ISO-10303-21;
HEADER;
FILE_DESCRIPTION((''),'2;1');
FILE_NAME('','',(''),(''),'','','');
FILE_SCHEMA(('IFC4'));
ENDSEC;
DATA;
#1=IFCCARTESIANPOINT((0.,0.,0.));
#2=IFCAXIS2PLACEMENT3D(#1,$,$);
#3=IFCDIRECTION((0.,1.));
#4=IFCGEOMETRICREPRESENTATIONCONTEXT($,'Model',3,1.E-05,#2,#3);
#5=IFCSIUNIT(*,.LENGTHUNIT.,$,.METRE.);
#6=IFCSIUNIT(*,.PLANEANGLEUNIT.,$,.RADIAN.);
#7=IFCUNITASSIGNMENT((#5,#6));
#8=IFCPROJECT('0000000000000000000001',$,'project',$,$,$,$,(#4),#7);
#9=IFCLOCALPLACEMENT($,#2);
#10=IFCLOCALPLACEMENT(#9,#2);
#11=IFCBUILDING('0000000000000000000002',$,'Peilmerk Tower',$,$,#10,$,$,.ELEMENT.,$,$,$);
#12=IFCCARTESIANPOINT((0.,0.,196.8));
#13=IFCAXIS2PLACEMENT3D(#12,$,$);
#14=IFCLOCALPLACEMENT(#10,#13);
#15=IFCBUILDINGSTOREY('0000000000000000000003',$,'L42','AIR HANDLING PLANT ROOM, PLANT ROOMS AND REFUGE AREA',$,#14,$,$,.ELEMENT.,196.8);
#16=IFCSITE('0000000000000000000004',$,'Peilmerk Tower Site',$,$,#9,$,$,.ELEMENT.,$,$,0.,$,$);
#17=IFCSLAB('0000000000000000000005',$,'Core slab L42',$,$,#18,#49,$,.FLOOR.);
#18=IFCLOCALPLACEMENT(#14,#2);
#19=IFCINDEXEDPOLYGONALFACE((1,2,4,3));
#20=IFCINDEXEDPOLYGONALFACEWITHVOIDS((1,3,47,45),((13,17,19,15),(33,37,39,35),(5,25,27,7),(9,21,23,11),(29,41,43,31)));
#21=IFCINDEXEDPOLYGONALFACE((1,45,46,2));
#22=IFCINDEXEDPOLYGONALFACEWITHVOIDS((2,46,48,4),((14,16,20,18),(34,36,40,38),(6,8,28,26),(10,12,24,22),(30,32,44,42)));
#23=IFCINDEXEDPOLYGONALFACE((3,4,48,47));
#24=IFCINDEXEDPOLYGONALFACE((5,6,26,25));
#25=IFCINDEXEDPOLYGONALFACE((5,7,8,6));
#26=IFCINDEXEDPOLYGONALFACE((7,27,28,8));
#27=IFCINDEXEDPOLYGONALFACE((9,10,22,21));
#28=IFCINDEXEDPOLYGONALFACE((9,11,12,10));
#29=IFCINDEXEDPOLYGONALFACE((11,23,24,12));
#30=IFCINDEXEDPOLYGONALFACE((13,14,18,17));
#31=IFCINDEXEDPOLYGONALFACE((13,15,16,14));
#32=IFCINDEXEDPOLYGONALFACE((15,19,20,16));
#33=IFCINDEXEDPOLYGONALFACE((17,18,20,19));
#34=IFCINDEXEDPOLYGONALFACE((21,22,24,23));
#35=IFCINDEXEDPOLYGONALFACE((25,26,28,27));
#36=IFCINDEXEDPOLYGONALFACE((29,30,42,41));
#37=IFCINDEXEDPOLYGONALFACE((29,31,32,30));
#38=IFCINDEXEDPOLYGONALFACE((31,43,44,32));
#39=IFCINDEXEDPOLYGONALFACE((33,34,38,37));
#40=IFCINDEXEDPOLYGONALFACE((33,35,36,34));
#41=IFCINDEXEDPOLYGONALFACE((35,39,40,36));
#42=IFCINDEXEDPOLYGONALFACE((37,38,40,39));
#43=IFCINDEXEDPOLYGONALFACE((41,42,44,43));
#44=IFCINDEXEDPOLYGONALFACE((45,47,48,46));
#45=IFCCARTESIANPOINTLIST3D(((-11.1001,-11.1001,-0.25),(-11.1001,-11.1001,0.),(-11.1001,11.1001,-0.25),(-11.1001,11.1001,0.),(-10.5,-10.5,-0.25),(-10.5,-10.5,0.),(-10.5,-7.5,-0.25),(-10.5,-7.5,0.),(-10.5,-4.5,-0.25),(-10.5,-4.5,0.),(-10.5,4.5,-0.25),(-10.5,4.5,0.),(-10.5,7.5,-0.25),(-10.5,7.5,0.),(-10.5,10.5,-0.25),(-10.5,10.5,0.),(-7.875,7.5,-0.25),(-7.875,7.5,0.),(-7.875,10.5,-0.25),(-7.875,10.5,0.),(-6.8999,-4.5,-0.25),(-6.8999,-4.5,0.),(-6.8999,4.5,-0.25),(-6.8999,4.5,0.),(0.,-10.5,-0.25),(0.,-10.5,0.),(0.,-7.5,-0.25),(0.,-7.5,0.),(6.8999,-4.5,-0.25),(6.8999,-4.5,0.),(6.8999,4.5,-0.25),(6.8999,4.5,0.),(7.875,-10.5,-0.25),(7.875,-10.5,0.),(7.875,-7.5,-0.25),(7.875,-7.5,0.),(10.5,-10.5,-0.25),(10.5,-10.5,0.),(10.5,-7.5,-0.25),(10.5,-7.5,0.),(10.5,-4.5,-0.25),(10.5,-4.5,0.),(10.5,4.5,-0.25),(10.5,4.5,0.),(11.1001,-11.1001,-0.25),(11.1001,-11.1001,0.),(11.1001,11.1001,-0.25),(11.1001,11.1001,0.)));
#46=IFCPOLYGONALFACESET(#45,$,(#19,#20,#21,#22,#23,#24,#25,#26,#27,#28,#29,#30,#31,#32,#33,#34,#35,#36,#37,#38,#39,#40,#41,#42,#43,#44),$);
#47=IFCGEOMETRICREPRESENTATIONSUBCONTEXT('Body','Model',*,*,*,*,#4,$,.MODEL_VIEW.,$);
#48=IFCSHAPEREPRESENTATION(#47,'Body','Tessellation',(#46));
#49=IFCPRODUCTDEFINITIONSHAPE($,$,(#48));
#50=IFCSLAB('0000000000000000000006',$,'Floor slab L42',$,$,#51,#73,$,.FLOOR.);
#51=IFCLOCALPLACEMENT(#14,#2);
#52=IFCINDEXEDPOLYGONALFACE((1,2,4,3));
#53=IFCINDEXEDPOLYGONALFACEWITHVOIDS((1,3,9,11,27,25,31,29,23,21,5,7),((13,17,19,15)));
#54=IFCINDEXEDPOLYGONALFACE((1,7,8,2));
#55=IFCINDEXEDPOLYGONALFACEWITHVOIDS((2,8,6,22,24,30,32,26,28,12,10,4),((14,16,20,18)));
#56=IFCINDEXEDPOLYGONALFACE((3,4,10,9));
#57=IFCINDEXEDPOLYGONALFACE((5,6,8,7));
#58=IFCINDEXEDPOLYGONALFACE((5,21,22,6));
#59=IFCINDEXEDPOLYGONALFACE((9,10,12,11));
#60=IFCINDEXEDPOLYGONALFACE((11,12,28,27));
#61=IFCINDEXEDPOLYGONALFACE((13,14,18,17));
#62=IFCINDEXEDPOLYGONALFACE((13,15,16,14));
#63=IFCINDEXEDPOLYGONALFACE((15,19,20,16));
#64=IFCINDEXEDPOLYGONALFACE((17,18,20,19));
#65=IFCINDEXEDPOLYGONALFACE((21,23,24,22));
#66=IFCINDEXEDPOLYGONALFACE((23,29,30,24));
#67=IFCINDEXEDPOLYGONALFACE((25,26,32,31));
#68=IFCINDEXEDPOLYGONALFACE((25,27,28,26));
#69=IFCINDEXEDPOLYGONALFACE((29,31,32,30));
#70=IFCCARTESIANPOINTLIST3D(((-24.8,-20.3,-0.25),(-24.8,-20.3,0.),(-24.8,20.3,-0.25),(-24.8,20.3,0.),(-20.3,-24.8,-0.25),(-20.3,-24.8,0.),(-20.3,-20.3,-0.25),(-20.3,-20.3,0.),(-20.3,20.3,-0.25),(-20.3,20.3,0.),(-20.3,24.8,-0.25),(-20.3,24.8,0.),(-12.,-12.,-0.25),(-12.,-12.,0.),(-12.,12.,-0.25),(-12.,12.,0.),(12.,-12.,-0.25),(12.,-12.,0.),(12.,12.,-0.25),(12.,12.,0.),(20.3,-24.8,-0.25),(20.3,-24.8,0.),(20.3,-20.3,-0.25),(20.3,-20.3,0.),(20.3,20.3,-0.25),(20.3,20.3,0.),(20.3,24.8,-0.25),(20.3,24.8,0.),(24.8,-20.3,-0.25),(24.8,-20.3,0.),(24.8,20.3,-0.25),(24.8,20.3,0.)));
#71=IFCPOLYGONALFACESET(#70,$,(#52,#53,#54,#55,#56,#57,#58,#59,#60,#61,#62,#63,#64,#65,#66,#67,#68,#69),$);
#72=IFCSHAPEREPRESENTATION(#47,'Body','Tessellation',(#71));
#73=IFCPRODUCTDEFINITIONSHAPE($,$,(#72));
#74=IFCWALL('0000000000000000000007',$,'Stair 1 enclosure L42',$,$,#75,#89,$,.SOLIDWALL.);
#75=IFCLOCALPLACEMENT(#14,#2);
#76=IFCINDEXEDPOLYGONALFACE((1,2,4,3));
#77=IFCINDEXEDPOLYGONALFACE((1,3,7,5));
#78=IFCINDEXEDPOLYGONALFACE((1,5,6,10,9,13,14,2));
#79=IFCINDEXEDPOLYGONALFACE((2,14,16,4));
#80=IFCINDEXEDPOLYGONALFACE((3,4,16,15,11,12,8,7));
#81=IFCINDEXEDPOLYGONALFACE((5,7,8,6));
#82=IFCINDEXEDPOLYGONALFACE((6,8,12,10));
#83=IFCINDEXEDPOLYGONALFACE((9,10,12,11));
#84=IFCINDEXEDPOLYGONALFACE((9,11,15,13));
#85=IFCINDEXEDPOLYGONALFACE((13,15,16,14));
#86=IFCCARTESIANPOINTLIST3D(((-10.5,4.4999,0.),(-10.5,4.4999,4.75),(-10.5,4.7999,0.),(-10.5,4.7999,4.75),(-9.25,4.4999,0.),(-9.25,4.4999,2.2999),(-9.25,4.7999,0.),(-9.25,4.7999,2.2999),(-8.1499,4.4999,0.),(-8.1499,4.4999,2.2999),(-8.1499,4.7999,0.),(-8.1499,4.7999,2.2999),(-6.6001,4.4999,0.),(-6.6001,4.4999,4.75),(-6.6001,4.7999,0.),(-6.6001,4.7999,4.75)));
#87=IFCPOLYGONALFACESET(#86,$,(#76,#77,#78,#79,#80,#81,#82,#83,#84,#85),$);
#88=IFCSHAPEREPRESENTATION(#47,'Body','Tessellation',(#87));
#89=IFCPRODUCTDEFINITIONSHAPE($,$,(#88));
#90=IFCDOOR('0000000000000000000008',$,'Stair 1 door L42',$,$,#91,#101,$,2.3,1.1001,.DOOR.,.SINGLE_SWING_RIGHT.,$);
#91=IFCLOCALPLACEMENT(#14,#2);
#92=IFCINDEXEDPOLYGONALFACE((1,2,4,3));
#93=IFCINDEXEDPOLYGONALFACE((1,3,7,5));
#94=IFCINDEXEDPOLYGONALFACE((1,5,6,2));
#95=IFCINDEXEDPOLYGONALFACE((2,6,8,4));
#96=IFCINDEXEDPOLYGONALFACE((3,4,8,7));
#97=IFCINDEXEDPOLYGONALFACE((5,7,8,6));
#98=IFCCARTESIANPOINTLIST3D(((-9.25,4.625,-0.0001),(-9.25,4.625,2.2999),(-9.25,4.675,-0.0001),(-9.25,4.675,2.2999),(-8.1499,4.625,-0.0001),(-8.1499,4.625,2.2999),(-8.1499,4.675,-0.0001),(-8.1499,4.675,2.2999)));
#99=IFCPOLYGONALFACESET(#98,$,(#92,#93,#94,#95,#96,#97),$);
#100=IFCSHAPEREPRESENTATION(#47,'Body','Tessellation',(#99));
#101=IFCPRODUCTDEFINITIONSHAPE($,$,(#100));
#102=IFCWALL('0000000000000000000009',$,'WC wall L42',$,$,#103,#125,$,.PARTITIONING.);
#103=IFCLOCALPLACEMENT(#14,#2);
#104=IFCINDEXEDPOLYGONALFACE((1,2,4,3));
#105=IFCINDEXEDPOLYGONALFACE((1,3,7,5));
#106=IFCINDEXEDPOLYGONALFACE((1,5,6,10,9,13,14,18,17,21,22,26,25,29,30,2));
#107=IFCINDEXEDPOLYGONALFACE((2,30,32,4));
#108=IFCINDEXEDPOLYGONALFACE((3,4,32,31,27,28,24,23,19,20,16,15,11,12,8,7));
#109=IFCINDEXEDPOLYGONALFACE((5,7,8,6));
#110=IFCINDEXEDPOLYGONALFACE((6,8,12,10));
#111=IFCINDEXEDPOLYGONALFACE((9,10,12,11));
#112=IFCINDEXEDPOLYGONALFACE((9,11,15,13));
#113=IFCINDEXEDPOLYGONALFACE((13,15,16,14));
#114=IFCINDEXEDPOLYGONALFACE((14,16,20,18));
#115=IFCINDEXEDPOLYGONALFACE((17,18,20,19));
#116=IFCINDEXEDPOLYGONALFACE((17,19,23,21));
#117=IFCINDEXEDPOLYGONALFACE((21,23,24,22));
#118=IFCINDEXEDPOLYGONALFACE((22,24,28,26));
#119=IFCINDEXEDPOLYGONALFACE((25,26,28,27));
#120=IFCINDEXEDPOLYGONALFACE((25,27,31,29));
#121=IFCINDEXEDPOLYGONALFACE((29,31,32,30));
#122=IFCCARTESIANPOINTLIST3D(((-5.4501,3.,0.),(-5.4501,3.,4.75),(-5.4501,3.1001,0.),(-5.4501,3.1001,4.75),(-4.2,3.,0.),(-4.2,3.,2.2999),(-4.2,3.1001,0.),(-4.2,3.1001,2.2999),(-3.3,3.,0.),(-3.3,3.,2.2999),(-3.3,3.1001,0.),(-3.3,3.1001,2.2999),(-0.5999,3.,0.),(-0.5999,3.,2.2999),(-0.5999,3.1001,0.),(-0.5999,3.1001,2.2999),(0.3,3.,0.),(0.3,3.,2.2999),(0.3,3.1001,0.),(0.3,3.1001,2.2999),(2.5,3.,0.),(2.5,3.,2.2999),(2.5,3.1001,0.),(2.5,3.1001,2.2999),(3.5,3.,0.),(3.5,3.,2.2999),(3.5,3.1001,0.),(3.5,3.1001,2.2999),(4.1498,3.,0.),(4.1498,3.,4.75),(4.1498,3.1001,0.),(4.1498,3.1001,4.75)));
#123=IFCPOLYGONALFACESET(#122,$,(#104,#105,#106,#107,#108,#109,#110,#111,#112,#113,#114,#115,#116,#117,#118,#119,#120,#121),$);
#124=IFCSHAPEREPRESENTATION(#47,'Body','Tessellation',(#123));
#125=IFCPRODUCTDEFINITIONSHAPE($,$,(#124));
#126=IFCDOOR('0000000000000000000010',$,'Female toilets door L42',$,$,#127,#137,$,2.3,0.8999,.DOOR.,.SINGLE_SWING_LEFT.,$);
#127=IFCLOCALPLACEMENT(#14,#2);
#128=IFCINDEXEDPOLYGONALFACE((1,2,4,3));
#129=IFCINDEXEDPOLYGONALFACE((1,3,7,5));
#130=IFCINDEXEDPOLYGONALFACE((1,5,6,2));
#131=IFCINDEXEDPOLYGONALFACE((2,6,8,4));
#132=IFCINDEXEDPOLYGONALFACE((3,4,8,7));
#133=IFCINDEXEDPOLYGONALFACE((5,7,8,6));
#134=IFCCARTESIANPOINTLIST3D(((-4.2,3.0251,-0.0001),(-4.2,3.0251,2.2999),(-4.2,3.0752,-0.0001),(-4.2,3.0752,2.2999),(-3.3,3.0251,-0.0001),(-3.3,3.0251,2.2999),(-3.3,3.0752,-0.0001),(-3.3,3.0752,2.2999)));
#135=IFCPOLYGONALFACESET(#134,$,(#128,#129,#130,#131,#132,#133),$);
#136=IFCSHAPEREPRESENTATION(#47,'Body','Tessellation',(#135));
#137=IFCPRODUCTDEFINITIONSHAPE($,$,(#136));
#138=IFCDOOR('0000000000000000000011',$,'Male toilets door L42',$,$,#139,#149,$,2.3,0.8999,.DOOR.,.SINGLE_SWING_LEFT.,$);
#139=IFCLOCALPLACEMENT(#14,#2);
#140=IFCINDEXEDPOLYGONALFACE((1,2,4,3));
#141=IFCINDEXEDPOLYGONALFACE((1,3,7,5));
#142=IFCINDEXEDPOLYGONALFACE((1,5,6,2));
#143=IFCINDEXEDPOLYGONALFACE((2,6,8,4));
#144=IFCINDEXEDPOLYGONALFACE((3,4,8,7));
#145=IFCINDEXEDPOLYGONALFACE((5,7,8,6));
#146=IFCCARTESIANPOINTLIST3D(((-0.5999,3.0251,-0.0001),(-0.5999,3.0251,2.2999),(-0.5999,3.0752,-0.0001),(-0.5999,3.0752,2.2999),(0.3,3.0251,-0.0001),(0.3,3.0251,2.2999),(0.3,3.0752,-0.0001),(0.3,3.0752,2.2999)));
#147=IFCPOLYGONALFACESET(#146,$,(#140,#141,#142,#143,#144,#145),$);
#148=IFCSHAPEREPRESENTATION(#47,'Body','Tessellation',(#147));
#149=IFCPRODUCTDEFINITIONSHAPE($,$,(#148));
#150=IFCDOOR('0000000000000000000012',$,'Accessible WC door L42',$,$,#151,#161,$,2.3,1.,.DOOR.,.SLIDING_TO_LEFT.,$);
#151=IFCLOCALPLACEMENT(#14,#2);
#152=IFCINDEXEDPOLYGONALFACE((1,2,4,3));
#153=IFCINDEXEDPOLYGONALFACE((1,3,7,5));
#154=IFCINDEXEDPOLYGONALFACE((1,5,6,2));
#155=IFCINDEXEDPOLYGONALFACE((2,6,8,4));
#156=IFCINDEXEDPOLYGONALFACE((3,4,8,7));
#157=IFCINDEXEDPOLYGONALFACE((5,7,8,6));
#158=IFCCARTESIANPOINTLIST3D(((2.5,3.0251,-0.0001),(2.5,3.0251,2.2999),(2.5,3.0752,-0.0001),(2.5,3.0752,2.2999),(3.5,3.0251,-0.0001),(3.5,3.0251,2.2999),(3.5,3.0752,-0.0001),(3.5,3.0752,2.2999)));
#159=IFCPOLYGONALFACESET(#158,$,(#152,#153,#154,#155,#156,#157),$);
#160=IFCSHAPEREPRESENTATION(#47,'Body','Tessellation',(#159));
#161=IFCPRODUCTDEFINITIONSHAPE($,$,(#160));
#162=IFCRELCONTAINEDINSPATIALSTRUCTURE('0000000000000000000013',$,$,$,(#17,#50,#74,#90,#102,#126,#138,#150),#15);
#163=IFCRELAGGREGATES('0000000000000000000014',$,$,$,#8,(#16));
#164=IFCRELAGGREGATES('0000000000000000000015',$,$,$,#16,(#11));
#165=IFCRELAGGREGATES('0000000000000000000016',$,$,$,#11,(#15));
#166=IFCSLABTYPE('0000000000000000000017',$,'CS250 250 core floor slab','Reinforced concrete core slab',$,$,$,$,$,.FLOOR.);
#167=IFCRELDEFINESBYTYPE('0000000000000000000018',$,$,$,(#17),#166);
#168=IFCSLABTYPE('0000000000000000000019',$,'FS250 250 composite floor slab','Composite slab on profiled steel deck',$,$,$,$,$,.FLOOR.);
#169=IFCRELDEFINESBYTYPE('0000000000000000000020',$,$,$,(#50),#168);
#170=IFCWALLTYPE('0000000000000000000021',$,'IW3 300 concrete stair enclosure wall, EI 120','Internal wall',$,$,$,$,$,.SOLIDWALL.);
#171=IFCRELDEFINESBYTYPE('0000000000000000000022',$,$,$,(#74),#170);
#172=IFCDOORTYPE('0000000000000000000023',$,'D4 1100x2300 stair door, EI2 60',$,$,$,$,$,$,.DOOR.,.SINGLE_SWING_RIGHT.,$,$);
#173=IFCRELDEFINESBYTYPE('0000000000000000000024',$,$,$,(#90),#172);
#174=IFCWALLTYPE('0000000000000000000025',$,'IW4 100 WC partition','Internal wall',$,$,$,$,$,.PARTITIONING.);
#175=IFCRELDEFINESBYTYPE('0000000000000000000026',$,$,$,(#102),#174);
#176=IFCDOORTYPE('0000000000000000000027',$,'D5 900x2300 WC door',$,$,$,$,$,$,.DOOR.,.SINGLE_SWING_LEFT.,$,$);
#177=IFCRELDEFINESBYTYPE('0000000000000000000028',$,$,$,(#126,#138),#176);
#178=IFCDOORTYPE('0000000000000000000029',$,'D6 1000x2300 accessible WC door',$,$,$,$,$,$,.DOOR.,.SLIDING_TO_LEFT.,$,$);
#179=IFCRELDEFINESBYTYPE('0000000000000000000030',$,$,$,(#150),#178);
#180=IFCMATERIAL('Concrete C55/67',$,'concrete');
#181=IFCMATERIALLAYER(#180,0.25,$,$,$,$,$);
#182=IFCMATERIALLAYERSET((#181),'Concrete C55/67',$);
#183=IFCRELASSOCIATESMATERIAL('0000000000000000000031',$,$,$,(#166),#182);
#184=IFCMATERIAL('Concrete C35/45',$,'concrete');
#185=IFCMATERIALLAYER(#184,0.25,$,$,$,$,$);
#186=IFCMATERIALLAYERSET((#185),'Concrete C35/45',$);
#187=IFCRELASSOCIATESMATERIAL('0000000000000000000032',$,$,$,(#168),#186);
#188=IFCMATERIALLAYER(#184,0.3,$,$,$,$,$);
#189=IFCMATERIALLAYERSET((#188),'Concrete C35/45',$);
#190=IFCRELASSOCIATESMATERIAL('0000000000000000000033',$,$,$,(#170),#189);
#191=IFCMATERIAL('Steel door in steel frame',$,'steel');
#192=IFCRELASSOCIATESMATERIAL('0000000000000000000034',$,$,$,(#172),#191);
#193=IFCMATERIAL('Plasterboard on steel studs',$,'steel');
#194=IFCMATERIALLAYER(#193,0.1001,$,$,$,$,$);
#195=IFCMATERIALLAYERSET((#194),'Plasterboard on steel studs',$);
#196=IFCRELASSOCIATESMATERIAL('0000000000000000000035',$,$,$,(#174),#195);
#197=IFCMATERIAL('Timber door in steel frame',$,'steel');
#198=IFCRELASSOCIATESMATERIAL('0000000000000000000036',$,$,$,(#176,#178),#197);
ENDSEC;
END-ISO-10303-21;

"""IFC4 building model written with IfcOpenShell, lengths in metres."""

from ifc_helpers import new_model, si_unit, direction, frame, frame_2d, origin, place, context, subcontext, project, spatial, polyline, rectangle, outline, extrude, material, layer, layer_set, type_object, element, fill, save


model = new_model("IFC4")

# Units and contexts
model_context = context("Model", 3, precision=1e-05, world=origin(), true_north=direction((0.0, 1.0)))
body_context = subcontext(model_context, "Body", "Model", "MODEL_VIEW")
ifc_project = project(units=[si_unit("LENGTHUNIT", "METRE"), si_unit("PLANEANGLEUNIT", "RADIAN")], contexts=[model_context])

# Site, building, storey
site_placement = place(None, origin())
site = spatial("IfcSite", under=ifc_project, at=site_placement, Name="Peilmerk Tower Site", CompositionType="ELEMENT", RefElevation=0.0)
building_placement = place(site_placement, origin())
building = spatial("IfcBuilding", under=site, at=building_placement, Name="Peilmerk Tower", CompositionType="ELEMENT")
storey_placement = place(building_placement, frame((0.0, 0.0, 196.8)))
storey = spatial("IfcBuildingStorey", under=building, at=storey_placement, Name="L42", Description="AIR HANDLING PLANT ROOM, PLANT ROOMS AND REFUGE AREA", CompositionType="ELEMENT", Elevation=196.8)

# Slabs
ifc_material_1 = material(Name="Concrete C55/67", Category="concrete")
ifc_layer_1 = layer(ifc_material_1, 0.25)
ifc_layer_set_1 = layer_set([ifc_layer_1], Name="Concrete C55/67")
slab_type_1 = type_object("IfcSlabType", Name="CS250 250 core floor slab", Description="Reinforced concrete core slab", PredefinedType="FLOOR", material=ifc_layer_set_1)
slab_1_placement = place(storey_placement, frame((0.0, 0.0, -0.25)))
element("IfcSlab", 1, at=slab_1_placement, inside=storey, type_object=slab_type_1, Name="Core slab L42", PredefinedType="FLOOR", context=body_context, shape_type="SweptSolid", body=[
    extrude(outline(polyline([(11.1001, -11.1001), (11.1001, 11.1001), (-11.1001, 11.1001), (-11.1001, -11.1001), (11.1001, -11.1001)]), holes=[polyline([(-7.875, 7.5), (-10.5, 7.5), (-10.5, 10.5), (-7.875, 10.5), (-7.875, 7.5)]), polyline([(0.0, -10.5), (-10.5, -10.5), (-10.5, -7.5), (0.0, -7.5), (0.0, -10.5)]), polyline([(7.875, -10.5), (7.875, -7.5), (10.5, -7.5), (10.5, -10.5), (7.875, -10.5)]), polyline([(-10.5, 4.5), (-6.8999, 4.5), (-6.8999, -4.5), (-10.5, -4.5), (-10.5, 4.5)]), polyline([(10.5, 4.5), (10.5, -4.5), (6.8999, -4.5), (6.8999, 4.5), (10.5, 4.5)])]), origin(), (0.0, 0.0, 1.0), 0.25),
])
ifc_material_2 = material(Name="Concrete C35/45", Category="concrete")
ifc_layer_2 = layer(ifc_material_2, 0.25)
ifc_layer_set_2 = layer_set([ifc_layer_2], Name="Concrete C35/45")
slab_type_2 = type_object("IfcSlabType", Name="FS250 250 composite floor slab", Description="Composite slab on profiled steel deck", PredefinedType="FLOOR", material=ifc_layer_set_2)
slab_2_placement = place(storey_placement, frame((0.0, 0.0, -0.25)))
element("IfcSlab", 2, at=slab_2_placement, inside=storey, type_object=slab_type_2, Name="Floor slab L42", PredefinedType="FLOOR", context=body_context, shape_type="SweptSolid", body=[
    extrude(outline(polyline([(-20.3, -24.8), (20.3, -24.8), (20.3, -20.3), (24.8, -20.3), (24.8, 20.3), (20.3, 20.3), (20.3, 24.8), (-20.3, 24.8), (-20.3, 20.3), (-24.8, 20.3), (-24.8, -20.3), (-20.3, -20.3), (-20.3, -24.8)]), holes=[polyline([(12.0, 12.0), (12.0, -12.0), (-12.0, -12.0), (-12.0, 12.0), (12.0, 12.0)])]), origin(), (0.0, 0.0, 1.0), 0.25),
])

# Wall, opening, door
ifc_layer_3 = layer(ifc_material_2, 0.3)
ifc_layer_set_3 = layer_set([ifc_layer_3], Name="Concrete C35/45")
wall_type_1 = type_object("IfcWallType", Name="IW3 300 concrete stair enclosure wall, EI 120", Description="Internal wall", PredefinedType="SOLIDWALL", material=ifc_layer_set_3)
wall_1_placement = place(storey_placement, frame((-10.5, 4.6499, 0.0), z_axis=(0.0, 0.0, 1.0), x_axis=(1.0, 0.0, 0.0)))
wall_1 = element("IfcWall", 3, at=wall_1_placement, inside=storey, type_object=wall_type_1, Name="Stair 1 enclosure L42", PredefinedType="SOLIDWALL", context=body_context, shape_type="SweptSolid", body=[
    extrude(rectangle(XDim=3.8999, YDim=0.3, at=frame_2d((1.95, 0.0))), origin(), (0.0, 0.0, 1.0), 4.75),
])
opening_1_placement = place(wall_1_placement, frame((1.25, 0.0, 0.0)))
opening_1 = element("IfcOpeningElement", 4, at=opening_1_placement, cuts=wall_1, PredefinedType="OPENING", context=body_context, shape_type="SweptSolid", body=[
    extrude(rectangle(XDim=1.1001, YDim=2.3, at=frame_2d((0.55, 1.1499))), frame((0.0, 0.1599, 0.0), z_axis=(0.0, -1.0, 0.0), x_axis=(1.0, 0.0, 0.0)), (0.0, 0.0, 1.0), 0.3201),
])
ifc_material_3 = material(Name="Steel door in steel frame", Category="steel")
door_type_1 = type_object("IfcDoorType", Name="D4 1100x2300 stair door, EI2 60", OperationType="SINGLE_SWING_RIGHT", PredefinedType="DOOR", material=ifc_material_3)
door_1_placement = place(opening_1_placement, frame((1.1001, 0.0, 0.0), z_axis=(0.0, 0.0, 1.0), x_axis=(-1.0, 0.0, 0.0)))
door_1 = element("IfcDoor", 5, at=door_1_placement, inside=storey, type_object=door_type_1, Name="Stair 1 door L42", OperationType="SINGLE_SWING_RIGHT", OverallHeight=2.3, OverallWidth=1.1001, PredefinedType="DOOR", context=body_context, shape_type="SweptSolid", body=[
    extrude(rectangle(XDim=1.1001, YDim=2.3, at=frame_2d((0.55, 1.1499))), frame((0.0, 0.0249, 0.0), z_axis=(0.0, -1.0, 0.0), x_axis=(1.0, 0.0, 0.0)), (0.0, 0.0, 1.0), 0.05),
])
fill(opening_1, door_1)

# Wall, openings, doors
ifc_material_4 = material(Name="Plasterboard on steel studs", Category="steel")
ifc_layer_4 = layer(ifc_material_4, 0.1001)
ifc_layer_set_4 = layer_set([ifc_layer_4], Name="Plasterboard on steel studs")
wall_type_2 = type_object("IfcWallType", Name="IW4 100 WC partition", Description="Internal wall", PredefinedType="PARTITIONING", material=ifc_layer_set_4)
wall_2_placement = place(storey_placement, frame((-5.45, 3.05, 0.0), z_axis=(0.0, 0.0, 1.0), x_axis=(1.0, 0.0, 0.0)))
wall_2 = element("IfcWall", 6, at=wall_2_placement, inside=storey, type_object=wall_type_2, Name="WC wall L42", PredefinedType="PARTITIONING", context=body_context, shape_type="SweptSolid", body=[
    extrude(rectangle(XDim=9.5999, YDim=0.1001, at=frame_2d((4.7998, 0.0))), origin(), (0.0, 0.0, 1.0), 4.75),
])
opening_2_placement = place(wall_2_placement, frame((1.25, 0.0, 0.0)))
opening_2 = element("IfcOpeningElement", 7, at=opening_2_placement, cuts=wall_2, PredefinedType="OPENING", context=body_context, shape_type="SweptSolid", body=[
    extrude(rectangle(XDim=0.8999, YDim=2.3, at=frame_2d((0.45, 1.1499))), frame((0.0, 0.0601, 0.0), z_axis=(0.0, -1.0, 0.0), x_axis=(1.0, 0.0, 0.0)), (0.0, 0.0, 1.0), 0.1201),
])
opening_3_placement = place(wall_2_placement, frame((4.8501, 0.0, 0.0)))
opening_3 = element("IfcOpeningElement", 8, at=opening_3_placement, cuts=wall_2, PredefinedType="OPENING", context=body_context, shape_type="SweptSolid", body=[
    extrude(rectangle(XDim=0.8999, YDim=2.3, at=frame_2d((0.45, 1.1499))), frame((0.0, 0.0601, 0.0), z_axis=(0.0, -1.0, 0.0), x_axis=(1.0, 0.0, 0.0)), (0.0, 0.0, 1.0), 0.1201),
])
opening_4_placement = place(wall_2_placement, frame((7.95, 0.0, 0.0)))
opening_4 = element("IfcOpeningElement", 9, at=opening_4_placement, cuts=wall_2, PredefinedType="OPENING", context=body_context, shape_type="SweptSolid", body=[
    extrude(rectangle(XDim=1.0, YDim=2.3, at=frame_2d((0.5, 1.1499))), frame((0.0, 0.0601, 0.0), z_axis=(0.0, -1.0, 0.0), x_axis=(1.0, 0.0, 0.0)), (0.0, 0.0, 1.0), 0.1201),
])
ifc_material_5 = material(Name="Timber door in steel frame", Category="steel")
door_type_2 = type_object("IfcDoorType", Name="D5 900x2300 WC door", OperationType="SINGLE_SWING_LEFT", PredefinedType="DOOR", material=ifc_material_5)
door_2_placement = place(opening_2_placement, frame((0.8999, 0.0, 0.0), z_axis=(0.0, 0.0, 1.0), x_axis=(-1.0, 0.0, 0.0)))
door_2 = element("IfcDoor", 10, at=door_2_placement, inside=storey, type_object=door_type_2, Name="Female toilets door L42", OperationType="SINGLE_SWING_LEFT", OverallHeight=2.3, OverallWidth=0.8999, PredefinedType="DOOR", context=body_context, shape_type="SweptSolid", body=[
    extrude(rectangle(XDim=0.8999, YDim=2.3, at=frame_2d((0.45, 1.1499))), frame((0.0, 0.0249, 0.0), z_axis=(0.0, -1.0, 0.0), x_axis=(1.0, 0.0, 0.0)), (0.0, 0.0, 1.0), 0.05),
])
fill(opening_2, door_2)
door_3_placement = place(opening_3_placement, frame((0.8999, 0.0, 0.0), z_axis=(0.0, 0.0, 1.0), x_axis=(-1.0, 0.0, 0.0)))
door_3 = element("IfcDoor", 11, at=door_3_placement, inside=storey, type_object=door_type_2, Name="Male toilets door L42", OperationType="SINGLE_SWING_LEFT", OverallHeight=2.3, OverallWidth=0.8999, PredefinedType="DOOR", context=body_context, shape_type="SweptSolid", body=[
    extrude(rectangle(XDim=0.8999, YDim=2.3, at=frame_2d((0.45, 1.1499))), frame((0.0, 0.0249, 0.0), z_axis=(0.0, -1.0, 0.0), x_axis=(1.0, 0.0, 0.0)), (0.0, 0.0, 1.0), 0.05),
])
fill(opening_3, door_3)
door_type_3 = type_object("IfcDoorType", Name="D6 1000x2300 accessible WC door", OperationType="SLIDING_TO_LEFT", PredefinedType="DOOR", material=ifc_material_5)
door_4_placement = place(opening_4_placement, frame((1.0, 0.0, 0.0), z_axis=(0.0, 0.0, 1.0), x_axis=(-1.0, 0.0, 0.0)))
door_4 = element("IfcDoor", 12, at=door_4_placement, inside=storey, type_object=door_type_3, Name="Accessible WC door L42", OperationType="SLIDING_TO_LEFT", OverallHeight=2.3, OverallWidth=1.0, PredefinedType="DOOR", context=body_context, shape_type="SweptSolid", body=[
    extrude(rectangle(XDim=1.0, YDim=2.3, at=frame_2d((0.5, 1.1499))), frame((0.0, 0.0249, 0.0), z_axis=(0.0, -1.0, 0.0), x_axis=(1.0, 0.0, 0.0)), (0.0, 0.0, 1.0), 0.05),
])
fill(opening_4, door_4)

save(model, "model.ifc")
